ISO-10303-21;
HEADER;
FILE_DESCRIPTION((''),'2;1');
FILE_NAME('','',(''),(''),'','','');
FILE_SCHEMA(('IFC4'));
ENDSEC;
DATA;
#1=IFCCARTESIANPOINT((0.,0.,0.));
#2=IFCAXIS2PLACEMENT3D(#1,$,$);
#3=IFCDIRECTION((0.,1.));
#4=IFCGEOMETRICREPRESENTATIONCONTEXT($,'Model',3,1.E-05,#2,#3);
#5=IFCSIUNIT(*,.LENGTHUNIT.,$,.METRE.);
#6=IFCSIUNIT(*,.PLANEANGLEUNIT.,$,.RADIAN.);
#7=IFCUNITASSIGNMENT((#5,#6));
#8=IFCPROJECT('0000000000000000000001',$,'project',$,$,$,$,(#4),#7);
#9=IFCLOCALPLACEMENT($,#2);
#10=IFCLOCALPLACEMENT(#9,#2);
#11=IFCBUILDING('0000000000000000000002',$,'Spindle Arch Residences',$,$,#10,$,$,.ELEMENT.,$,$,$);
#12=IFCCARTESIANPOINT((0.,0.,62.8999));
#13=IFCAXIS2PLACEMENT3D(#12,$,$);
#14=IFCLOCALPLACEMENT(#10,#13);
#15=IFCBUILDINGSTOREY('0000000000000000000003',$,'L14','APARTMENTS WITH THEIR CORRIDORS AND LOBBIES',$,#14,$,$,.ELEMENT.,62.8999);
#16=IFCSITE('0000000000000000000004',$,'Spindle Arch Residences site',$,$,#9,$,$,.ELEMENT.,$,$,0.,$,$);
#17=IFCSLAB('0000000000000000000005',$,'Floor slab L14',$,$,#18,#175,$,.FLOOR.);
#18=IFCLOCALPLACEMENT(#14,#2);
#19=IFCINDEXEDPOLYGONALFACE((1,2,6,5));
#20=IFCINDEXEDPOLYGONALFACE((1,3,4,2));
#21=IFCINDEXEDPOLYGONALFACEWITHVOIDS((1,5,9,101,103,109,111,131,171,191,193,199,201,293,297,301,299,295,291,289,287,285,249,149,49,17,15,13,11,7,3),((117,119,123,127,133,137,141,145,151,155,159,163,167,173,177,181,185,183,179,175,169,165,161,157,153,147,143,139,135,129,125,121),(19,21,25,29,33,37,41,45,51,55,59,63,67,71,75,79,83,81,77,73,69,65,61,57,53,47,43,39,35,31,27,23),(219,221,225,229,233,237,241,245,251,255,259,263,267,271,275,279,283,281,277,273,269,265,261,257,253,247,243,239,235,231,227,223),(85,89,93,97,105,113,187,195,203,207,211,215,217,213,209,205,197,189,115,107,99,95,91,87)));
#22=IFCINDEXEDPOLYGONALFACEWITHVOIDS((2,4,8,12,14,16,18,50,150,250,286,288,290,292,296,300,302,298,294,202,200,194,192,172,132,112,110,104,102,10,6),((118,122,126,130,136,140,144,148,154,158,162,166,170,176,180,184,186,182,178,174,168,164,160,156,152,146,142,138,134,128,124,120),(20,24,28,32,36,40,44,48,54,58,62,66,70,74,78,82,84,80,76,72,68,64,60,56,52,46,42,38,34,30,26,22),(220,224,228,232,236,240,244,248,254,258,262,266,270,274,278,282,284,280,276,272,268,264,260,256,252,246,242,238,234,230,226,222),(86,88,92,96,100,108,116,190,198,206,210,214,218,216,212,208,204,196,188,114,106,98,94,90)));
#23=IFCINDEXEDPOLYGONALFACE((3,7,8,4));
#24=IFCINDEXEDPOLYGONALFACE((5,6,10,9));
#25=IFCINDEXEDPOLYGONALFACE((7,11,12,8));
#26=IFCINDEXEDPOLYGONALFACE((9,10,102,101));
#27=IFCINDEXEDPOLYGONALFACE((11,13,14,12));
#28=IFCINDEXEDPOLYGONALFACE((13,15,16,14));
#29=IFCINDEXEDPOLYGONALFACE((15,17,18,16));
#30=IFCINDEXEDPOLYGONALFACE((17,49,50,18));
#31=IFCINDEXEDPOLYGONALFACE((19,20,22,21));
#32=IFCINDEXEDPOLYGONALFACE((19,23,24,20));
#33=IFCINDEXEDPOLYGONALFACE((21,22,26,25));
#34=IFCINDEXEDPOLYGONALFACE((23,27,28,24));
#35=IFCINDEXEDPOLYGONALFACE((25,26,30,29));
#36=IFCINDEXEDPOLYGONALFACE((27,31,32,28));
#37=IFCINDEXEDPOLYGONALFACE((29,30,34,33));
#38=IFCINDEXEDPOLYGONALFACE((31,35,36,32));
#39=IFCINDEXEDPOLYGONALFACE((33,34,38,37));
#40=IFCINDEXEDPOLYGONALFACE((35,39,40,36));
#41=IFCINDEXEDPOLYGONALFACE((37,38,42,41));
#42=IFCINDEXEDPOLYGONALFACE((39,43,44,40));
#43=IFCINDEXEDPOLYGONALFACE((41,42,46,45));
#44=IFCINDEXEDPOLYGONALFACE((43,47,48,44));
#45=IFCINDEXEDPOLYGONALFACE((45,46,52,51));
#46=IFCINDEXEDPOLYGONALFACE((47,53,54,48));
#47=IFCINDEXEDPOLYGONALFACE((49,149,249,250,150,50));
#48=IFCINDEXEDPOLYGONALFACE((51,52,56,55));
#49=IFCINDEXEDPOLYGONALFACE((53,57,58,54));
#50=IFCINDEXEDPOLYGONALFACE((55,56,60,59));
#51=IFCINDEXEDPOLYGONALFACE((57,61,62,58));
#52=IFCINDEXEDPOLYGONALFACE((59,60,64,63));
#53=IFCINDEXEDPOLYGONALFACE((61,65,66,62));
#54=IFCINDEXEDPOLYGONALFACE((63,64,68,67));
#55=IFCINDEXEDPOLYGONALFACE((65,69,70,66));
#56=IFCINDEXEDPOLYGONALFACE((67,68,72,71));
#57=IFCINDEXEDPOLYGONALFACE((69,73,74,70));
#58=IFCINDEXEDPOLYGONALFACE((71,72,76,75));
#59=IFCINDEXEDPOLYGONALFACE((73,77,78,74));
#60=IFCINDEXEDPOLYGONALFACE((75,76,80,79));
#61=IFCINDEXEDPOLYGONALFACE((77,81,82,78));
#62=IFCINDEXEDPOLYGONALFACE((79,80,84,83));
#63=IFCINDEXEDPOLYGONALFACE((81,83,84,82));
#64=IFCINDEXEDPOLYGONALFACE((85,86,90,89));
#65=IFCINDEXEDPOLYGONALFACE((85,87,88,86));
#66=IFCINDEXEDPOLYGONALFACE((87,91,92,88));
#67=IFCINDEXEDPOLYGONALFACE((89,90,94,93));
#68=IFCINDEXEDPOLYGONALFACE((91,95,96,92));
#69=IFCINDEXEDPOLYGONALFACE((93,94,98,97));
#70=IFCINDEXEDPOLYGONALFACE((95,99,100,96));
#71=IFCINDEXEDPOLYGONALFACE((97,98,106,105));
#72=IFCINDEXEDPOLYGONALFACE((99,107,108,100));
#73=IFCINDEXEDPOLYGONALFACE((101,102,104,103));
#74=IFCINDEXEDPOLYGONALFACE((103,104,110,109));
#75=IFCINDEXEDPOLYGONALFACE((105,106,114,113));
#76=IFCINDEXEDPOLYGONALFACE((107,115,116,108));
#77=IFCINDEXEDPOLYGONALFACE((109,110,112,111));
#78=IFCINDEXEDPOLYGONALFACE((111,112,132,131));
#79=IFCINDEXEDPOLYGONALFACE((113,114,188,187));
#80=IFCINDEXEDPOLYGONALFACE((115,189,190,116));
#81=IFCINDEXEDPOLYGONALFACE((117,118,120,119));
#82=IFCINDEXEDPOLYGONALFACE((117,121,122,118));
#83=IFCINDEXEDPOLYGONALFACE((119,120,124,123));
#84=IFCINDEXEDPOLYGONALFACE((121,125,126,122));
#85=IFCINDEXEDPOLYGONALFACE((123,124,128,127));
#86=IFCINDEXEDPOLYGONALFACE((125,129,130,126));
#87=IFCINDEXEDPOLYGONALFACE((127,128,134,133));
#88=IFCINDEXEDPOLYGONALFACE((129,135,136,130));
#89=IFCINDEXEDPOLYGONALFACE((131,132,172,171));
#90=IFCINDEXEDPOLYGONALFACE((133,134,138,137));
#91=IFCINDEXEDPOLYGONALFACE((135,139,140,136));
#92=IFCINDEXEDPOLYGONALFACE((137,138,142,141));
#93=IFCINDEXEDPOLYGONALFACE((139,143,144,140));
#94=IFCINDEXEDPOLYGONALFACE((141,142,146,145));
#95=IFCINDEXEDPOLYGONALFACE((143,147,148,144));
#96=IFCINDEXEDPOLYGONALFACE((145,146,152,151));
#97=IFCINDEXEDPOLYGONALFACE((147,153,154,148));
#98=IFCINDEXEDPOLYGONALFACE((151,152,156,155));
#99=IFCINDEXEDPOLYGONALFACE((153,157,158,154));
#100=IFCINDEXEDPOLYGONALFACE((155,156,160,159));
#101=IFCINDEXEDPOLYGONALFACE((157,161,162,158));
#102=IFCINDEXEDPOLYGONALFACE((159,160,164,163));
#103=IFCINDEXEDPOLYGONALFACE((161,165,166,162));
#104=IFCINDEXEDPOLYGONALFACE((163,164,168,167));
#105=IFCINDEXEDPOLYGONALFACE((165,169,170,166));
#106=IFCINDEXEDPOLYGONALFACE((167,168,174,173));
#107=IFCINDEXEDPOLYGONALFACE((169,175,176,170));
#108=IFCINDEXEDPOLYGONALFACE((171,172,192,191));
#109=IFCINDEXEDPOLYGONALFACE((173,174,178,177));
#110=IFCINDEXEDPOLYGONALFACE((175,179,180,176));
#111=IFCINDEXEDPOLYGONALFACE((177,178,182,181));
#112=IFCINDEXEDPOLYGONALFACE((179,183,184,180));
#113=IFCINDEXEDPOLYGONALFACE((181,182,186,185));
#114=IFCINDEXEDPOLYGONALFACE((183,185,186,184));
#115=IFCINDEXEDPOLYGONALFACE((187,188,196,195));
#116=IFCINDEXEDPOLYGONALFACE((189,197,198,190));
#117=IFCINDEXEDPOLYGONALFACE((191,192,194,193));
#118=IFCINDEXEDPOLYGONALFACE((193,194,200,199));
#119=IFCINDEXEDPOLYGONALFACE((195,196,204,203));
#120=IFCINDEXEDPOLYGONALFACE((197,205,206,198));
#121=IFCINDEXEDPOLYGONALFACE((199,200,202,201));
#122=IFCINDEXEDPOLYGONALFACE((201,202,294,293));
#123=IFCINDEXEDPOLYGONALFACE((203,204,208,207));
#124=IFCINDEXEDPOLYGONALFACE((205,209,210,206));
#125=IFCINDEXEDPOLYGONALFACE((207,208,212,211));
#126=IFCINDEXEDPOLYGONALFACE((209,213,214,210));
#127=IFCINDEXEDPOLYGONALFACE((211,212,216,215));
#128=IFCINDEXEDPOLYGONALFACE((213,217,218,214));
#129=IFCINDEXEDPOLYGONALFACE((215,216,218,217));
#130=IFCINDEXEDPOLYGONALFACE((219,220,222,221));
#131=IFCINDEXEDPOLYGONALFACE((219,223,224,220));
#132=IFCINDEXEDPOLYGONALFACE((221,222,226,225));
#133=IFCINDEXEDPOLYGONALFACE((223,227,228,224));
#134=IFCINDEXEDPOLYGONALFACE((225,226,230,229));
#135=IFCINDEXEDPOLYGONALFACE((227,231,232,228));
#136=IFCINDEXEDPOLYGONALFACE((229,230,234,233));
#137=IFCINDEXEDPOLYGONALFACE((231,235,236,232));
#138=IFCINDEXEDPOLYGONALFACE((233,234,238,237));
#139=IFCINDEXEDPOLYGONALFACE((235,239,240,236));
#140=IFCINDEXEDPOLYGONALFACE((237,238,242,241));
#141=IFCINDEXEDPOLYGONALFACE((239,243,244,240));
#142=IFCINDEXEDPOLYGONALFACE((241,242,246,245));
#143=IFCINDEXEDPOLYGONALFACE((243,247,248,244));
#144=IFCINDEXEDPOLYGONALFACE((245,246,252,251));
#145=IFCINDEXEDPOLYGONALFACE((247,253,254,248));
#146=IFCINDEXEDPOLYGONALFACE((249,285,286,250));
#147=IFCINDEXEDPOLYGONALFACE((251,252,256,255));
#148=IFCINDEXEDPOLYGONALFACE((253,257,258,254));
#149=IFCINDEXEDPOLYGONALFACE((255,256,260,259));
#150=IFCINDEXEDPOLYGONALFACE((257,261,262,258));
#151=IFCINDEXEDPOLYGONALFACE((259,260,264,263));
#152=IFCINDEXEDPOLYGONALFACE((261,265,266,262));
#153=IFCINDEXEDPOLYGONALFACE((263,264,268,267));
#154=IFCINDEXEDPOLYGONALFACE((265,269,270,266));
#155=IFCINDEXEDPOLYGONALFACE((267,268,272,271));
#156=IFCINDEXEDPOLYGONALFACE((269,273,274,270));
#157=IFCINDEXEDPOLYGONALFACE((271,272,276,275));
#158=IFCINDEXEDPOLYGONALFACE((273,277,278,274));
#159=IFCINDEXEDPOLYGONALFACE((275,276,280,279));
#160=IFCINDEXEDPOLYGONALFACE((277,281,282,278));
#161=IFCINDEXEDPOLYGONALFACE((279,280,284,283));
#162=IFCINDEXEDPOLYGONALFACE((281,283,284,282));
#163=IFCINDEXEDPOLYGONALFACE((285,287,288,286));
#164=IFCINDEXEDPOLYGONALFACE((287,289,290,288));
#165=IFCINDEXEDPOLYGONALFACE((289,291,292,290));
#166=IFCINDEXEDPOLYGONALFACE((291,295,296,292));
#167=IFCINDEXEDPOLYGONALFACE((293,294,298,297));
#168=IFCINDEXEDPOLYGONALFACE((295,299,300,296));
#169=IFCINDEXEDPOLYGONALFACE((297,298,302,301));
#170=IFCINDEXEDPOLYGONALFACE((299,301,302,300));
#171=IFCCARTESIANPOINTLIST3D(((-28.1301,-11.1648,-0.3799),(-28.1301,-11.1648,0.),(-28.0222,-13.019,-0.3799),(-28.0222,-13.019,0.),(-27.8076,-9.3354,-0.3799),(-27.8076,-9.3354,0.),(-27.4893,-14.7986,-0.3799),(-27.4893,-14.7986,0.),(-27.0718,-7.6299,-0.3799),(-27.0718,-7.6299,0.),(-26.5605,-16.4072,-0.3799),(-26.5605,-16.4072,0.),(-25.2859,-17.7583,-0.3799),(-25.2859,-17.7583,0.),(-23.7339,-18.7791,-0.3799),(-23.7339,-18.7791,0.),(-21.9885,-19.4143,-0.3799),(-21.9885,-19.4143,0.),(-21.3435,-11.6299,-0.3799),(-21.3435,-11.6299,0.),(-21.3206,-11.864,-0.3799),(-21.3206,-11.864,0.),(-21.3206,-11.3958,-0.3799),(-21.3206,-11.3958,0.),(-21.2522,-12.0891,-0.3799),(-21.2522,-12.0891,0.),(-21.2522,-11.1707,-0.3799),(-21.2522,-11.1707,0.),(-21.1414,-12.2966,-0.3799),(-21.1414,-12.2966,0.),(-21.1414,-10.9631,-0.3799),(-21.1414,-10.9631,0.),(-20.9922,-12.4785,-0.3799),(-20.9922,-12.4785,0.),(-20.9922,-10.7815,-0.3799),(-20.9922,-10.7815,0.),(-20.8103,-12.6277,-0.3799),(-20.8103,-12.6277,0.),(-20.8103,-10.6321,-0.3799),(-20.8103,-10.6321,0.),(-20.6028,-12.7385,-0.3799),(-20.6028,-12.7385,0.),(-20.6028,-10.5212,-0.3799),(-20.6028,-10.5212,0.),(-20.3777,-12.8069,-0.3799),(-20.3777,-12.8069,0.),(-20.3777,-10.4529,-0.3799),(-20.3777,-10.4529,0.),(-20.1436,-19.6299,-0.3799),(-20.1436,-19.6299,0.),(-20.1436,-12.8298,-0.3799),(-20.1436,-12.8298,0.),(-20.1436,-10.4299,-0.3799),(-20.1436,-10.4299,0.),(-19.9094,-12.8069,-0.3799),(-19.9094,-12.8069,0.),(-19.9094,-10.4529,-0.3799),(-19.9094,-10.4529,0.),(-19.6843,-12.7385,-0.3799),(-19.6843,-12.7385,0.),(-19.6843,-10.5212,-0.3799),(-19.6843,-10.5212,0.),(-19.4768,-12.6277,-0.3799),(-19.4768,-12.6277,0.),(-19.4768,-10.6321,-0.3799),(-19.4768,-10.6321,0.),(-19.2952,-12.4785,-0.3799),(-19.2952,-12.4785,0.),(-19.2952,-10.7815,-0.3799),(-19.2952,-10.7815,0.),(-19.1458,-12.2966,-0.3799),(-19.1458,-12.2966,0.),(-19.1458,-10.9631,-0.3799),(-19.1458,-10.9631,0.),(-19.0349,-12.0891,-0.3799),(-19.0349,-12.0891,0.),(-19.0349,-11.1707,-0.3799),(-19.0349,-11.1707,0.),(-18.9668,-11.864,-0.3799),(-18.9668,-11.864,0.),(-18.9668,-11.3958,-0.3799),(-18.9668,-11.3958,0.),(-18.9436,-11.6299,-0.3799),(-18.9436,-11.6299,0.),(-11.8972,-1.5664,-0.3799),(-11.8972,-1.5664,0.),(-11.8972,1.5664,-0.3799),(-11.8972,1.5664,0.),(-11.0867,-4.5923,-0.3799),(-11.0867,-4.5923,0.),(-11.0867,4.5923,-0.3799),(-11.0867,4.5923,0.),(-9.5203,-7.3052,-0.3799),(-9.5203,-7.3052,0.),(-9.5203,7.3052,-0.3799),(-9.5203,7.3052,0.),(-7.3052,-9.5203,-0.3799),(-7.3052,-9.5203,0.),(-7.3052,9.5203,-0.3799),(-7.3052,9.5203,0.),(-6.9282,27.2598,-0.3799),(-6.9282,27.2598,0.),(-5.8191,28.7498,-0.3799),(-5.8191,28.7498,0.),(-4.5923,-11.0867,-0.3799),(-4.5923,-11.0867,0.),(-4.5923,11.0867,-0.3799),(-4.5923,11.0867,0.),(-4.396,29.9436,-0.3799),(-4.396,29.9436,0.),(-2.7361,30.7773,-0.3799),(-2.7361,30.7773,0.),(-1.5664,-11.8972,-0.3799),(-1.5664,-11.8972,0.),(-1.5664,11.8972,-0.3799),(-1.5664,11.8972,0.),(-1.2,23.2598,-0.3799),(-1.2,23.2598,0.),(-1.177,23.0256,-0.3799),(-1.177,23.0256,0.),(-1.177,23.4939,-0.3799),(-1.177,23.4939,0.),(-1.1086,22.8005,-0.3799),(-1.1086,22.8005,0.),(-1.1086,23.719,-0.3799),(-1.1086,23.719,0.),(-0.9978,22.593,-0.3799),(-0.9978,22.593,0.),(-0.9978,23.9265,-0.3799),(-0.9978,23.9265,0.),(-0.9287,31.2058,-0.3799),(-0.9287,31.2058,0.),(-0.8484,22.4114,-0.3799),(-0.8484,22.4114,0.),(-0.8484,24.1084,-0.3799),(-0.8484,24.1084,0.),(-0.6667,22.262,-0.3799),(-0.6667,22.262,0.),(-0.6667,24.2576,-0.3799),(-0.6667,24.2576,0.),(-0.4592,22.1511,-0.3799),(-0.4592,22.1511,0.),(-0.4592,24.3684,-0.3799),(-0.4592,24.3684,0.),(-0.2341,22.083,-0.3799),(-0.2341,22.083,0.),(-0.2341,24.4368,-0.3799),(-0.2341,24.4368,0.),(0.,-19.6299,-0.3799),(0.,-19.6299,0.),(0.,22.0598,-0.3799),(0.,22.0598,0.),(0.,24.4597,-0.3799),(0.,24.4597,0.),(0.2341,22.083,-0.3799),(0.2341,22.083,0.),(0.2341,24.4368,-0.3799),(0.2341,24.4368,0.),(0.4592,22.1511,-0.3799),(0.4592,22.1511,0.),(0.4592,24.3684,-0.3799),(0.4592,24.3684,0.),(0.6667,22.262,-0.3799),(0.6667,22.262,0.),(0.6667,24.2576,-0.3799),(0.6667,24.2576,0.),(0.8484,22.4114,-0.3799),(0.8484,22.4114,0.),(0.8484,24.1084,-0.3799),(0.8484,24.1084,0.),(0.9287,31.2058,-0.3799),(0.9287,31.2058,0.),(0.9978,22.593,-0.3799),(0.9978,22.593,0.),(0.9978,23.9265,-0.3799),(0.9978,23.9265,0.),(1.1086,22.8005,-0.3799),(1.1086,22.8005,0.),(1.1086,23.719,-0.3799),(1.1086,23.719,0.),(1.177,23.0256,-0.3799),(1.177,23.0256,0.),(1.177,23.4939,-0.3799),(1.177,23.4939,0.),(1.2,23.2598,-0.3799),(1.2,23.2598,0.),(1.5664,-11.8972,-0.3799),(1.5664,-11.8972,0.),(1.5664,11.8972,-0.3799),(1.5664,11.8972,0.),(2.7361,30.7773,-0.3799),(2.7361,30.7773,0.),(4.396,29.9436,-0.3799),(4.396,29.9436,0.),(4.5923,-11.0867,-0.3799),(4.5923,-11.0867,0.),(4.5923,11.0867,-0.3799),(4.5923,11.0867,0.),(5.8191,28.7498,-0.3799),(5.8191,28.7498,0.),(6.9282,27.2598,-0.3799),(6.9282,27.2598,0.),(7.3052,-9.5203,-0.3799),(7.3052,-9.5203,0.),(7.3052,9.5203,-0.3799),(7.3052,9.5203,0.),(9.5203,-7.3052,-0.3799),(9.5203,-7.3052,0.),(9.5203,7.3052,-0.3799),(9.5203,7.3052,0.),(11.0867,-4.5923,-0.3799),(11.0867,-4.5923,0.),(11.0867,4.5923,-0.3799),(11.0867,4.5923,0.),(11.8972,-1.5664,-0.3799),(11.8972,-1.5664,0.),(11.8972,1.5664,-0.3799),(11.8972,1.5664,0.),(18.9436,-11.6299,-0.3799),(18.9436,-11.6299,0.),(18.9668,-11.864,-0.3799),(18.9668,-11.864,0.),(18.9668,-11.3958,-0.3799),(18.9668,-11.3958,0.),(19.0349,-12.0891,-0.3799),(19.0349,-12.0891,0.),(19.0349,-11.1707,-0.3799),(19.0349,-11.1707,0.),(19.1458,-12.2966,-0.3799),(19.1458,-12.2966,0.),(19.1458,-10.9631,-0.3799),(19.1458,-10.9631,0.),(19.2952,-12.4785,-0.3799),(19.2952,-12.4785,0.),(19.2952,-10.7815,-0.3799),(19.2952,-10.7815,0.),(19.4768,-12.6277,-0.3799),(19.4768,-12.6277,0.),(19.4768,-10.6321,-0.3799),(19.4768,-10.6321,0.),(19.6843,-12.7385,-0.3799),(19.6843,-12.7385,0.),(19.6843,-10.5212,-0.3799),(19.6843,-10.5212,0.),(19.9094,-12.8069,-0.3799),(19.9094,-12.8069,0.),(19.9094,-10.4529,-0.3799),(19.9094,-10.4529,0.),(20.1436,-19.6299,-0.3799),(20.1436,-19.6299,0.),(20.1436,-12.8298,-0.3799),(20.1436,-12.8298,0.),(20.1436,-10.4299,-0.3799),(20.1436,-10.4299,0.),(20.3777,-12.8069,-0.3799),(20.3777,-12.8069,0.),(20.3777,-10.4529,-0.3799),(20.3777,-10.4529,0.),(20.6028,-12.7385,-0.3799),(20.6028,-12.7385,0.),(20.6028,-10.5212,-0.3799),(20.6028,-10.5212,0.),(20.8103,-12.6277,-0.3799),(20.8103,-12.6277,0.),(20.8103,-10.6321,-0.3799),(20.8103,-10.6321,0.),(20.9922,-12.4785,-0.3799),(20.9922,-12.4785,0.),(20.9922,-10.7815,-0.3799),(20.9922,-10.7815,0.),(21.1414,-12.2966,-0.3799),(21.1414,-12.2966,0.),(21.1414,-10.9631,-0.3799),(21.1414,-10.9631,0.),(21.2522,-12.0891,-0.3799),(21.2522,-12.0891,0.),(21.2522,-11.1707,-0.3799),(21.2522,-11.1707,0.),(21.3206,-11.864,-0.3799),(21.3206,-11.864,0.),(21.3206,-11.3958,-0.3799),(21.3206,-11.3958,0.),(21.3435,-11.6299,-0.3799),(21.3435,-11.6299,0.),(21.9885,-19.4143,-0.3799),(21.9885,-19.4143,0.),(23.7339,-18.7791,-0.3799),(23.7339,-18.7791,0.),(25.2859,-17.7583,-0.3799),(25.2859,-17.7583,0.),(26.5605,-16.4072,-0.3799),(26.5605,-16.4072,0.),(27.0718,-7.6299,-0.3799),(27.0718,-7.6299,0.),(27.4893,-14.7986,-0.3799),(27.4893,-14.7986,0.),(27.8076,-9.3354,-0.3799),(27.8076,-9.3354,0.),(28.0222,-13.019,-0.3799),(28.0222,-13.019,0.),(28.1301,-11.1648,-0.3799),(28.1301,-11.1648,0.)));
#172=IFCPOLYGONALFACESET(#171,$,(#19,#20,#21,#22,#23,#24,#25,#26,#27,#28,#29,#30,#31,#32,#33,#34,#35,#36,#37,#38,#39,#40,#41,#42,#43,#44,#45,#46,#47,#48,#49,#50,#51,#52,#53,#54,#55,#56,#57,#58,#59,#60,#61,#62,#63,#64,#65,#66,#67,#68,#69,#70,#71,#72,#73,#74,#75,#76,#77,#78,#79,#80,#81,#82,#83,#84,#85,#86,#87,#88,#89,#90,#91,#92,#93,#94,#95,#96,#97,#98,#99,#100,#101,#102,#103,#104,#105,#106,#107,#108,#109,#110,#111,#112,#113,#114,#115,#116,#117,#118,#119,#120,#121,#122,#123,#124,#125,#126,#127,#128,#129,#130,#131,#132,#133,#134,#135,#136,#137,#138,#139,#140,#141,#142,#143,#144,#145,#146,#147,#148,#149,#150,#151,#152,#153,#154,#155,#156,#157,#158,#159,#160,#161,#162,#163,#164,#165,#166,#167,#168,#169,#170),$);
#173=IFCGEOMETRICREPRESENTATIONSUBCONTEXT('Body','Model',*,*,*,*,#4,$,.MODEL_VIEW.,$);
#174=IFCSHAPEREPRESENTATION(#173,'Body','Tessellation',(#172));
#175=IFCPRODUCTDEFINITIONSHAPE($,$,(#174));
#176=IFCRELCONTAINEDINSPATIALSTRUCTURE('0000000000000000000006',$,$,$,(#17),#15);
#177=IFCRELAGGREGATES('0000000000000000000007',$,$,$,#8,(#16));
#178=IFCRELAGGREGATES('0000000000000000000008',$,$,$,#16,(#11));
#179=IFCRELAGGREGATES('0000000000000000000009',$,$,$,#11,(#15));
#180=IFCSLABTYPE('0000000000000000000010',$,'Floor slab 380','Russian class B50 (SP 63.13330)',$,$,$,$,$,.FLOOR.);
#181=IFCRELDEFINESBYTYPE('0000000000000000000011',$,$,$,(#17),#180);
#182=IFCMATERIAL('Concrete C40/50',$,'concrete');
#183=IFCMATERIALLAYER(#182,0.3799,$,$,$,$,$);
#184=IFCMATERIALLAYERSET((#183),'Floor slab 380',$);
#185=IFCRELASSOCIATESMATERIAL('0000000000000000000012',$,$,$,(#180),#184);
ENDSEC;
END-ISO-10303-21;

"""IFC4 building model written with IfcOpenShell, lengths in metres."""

from ifc_helpers import new_model, si_unit, direction, frame, origin, place, context, subcontext, project, spatial, polyline, outline, extrude, material, layer, layer_set, type_object, element, save


model = new_model("IFC4")

# Units and contexts
model_context = context("Model", 3, precision=1e-05, world=origin(), true_north=direction((0.0, 1.0)))
body_context = subcontext(model_context, "Body", "Model", "MODEL_VIEW")
ifc_project = project(units=[si_unit("LENGTHUNIT", "METRE"), si_unit("PLANEANGLEUNIT", "RADIAN")], contexts=[model_context])

# Site, building, storey
site_placement = place(None, origin())
site = spatial("IfcSite", under=ifc_project, at=site_placement, Name="Spindle Arch Residences site", CompositionType="ELEMENT", RefElevation=0.0)
building_placement = place(site_placement, origin())
building = spatial("IfcBuilding", under=site, at=building_placement, Name="Spindle Arch Residences", CompositionType="ELEMENT")
storey_placement = place(building_placement, frame((0.0, 0.0, 62.8999)))
storey = spatial("IfcBuildingStorey", under=building, at=storey_placement, Name="L14", Description="APARTMENTS WITH THEIR CORRIDORS AND LOBBIES", CompositionType="ELEMENT", Elevation=62.8999)

# Slab
ifc_material_1 = material(Name="Concrete C40/50", Category="concrete")
ifc_layer_1 = layer(ifc_material_1, 0.3799)
ifc_layer_set_1 = layer_set([ifc_layer_1], Name="Floor slab 380")
slab_type_1 = type_object("IfcSlabType", Name="Floor slab 380", Description="Russian class B50 (SP 63.13330)", PredefinedType="FLOOR", material=ifc_layer_set_1)
slab_1_placement = place(storey_placement, frame((0.0, 0.0, -0.3799)))
element("IfcSlab", 1, at=slab_1_placement, inside=storey, type_object=slab_type_1, Name="Floor slab L14", PredefinedType="FLOOR", context=body_context, shape_type="SweptSolid", body=[
    extrude(outline(polyline([(-21.9885, -19.4143), (-23.7339, -18.7791), (-25.2859, -17.7583), (-26.5605, -16.4072), (-27.4893, -14.7986), (-28.0222, -13.019), (-28.1301, -11.1648), (-27.8076, -9.3354), (-27.0718, -7.6299), (-6.9282, 27.2598), (-5.8191, 28.7498), (-4.396, 29.9436), (-2.7361, 30.7773), (-0.9287, 31.2058), (0.9287, 31.2058), (2.7361, 30.7773), (4.396, 29.9436), (5.8191, 28.7498), (6.9282, 27.2598), (27.0718, -7.6299), (27.8076, -9.3354), (28.1301, -11.1648), (28.0222, -13.019), (27.4893, -14.7986), (26.5605, -16.4072), (25.2859, -17.7583), (23.7339, -18.7791), (21.9885, -19.4143), (20.1436, -19.6299), (0.0, -19.6299), (-20.1436, -19.6299), (-21.9885, -19.4143)]), holes=[polyline([(7.3052, -9.5203), (9.5203, -7.3052), (11.0867, -4.5923), (11.8972, -1.5664), (11.8972, 1.5664), (11.0867, 4.5923), (9.5203, 7.3052), (7.3052, 9.5203), (4.5923, 11.0867), (1.5664, 11.8972), (-1.5664, 11.8972), (-4.5923, 11.0867), (-7.3052, 9.5203), (-9.5203, 7.3052), (-11.0867, 4.5923), (-11.8972, 1.5664), (-11.8972, -1.5664), (-11.0867, -4.5923), (-9.5203, -7.3052), (-7.3052, -9.5203), (-4.5923, -11.0867), (-1.5664, -11.8972), (1.5664, -11.8972), (4.5923, -11.0867), (7.3052, -9.5203)]), polyline([(-19.2952, -12.4785), (-19.1458, -12.2966), (-19.0349, -12.0891), (-18.9668, -11.864), (-18.9436, -11.6299), (-18.9668, -11.3958), (-19.0349, -11.1707), (-19.1458, -10.9631), (-19.2952, -10.7815), (-19.4768, -10.6321), (-19.6843, -10.5212), (-19.9094, -10.4529), (-20.1436, -10.4299), (-20.3777, -10.4529), (-20.6028, -10.5212), (-20.8103, -10.6321), (-20.9922, -10.7815), (-21.1414, -10.9631), (-21.2522, -11.1707), (-21.3206, -11.3958), (-21.3435, -11.6299), (-21.3206, -11.864), (-21.2522, -12.0891), (-21.1414, -12.2966), (-20.9922, -12.4785), (-20.8103, -12.6277), (-20.6028, -12.7385), (-20.3777, -12.8069), (-20.1436, -12.8298), (-19.9094, -12.8069), (-19.6843, -12.7385), (-19.4768, -12.6277), (-19.2952, -12.4785)]), polyline([(0.8484, 22.4114), (0.9978, 22.593), (1.1086, 22.8005), (1.177, 23.0256), (1.2, 23.2598), (1.177, 23.4939), (1.1086, 23.719), (0.9978, 23.9265), (0.8484, 24.1084), (0.6667, 24.2576), (0.4592, 24.3684), (0.2341, 24.4368), (0.0, 24.4597), (-0.2341, 24.4368), (-0.4592, 24.3684), (-0.6667, 24.2576), (-0.8484, 24.1084), (-0.9978, 23.9265), (-1.1086, 23.719), (-1.177, 23.4939), (-1.2, 23.2598), (-1.177, 23.0256), (-1.1086, 22.8005), (-0.9978, 22.593), (-0.8484, 22.4114), (-0.6667, 22.262), (-0.4592, 22.1511), (-0.2341, 22.083), (0.0, 22.0598), (0.2341, 22.083), (0.4592, 22.1511), (0.6667, 22.262), (0.8484, 22.4114)]), polyline([(20.9922, -12.4785), (21.1414, -12.2966), (21.2522, -12.0891), (21.3206, -11.864), (21.3435, -11.6299), (21.3206, -11.3958), (21.2522, -11.1707), (21.1414, -10.9631), (20.9922, -10.7815), (20.8103, -10.6321), (20.6028, -10.5212), (20.3777, -10.4529), (20.1436, -10.4299), (19.9094, -10.4529), (19.6843, -10.5212), (19.4768, -10.6321), (19.2952, -10.7815), (19.1458, -10.9631), (19.0349, -11.1707), (18.9668, -11.3958), (18.9436, -11.6299), (18.9668, -11.864), (19.0349, -12.0891), (19.1458, -12.2966), (19.2952, -12.4785), (19.4768, -12.6277), (19.6843, -12.7385), (19.9094, -12.8069), (20.1436, -12.8298), (20.3777, -12.8069), (20.6028, -12.7385), (20.8103, -12.6277), (20.9922, -12.4785)])]), origin(), (0.0, 0.0, 1.0), 0.3799),
])

save(model, "model.ifc")
